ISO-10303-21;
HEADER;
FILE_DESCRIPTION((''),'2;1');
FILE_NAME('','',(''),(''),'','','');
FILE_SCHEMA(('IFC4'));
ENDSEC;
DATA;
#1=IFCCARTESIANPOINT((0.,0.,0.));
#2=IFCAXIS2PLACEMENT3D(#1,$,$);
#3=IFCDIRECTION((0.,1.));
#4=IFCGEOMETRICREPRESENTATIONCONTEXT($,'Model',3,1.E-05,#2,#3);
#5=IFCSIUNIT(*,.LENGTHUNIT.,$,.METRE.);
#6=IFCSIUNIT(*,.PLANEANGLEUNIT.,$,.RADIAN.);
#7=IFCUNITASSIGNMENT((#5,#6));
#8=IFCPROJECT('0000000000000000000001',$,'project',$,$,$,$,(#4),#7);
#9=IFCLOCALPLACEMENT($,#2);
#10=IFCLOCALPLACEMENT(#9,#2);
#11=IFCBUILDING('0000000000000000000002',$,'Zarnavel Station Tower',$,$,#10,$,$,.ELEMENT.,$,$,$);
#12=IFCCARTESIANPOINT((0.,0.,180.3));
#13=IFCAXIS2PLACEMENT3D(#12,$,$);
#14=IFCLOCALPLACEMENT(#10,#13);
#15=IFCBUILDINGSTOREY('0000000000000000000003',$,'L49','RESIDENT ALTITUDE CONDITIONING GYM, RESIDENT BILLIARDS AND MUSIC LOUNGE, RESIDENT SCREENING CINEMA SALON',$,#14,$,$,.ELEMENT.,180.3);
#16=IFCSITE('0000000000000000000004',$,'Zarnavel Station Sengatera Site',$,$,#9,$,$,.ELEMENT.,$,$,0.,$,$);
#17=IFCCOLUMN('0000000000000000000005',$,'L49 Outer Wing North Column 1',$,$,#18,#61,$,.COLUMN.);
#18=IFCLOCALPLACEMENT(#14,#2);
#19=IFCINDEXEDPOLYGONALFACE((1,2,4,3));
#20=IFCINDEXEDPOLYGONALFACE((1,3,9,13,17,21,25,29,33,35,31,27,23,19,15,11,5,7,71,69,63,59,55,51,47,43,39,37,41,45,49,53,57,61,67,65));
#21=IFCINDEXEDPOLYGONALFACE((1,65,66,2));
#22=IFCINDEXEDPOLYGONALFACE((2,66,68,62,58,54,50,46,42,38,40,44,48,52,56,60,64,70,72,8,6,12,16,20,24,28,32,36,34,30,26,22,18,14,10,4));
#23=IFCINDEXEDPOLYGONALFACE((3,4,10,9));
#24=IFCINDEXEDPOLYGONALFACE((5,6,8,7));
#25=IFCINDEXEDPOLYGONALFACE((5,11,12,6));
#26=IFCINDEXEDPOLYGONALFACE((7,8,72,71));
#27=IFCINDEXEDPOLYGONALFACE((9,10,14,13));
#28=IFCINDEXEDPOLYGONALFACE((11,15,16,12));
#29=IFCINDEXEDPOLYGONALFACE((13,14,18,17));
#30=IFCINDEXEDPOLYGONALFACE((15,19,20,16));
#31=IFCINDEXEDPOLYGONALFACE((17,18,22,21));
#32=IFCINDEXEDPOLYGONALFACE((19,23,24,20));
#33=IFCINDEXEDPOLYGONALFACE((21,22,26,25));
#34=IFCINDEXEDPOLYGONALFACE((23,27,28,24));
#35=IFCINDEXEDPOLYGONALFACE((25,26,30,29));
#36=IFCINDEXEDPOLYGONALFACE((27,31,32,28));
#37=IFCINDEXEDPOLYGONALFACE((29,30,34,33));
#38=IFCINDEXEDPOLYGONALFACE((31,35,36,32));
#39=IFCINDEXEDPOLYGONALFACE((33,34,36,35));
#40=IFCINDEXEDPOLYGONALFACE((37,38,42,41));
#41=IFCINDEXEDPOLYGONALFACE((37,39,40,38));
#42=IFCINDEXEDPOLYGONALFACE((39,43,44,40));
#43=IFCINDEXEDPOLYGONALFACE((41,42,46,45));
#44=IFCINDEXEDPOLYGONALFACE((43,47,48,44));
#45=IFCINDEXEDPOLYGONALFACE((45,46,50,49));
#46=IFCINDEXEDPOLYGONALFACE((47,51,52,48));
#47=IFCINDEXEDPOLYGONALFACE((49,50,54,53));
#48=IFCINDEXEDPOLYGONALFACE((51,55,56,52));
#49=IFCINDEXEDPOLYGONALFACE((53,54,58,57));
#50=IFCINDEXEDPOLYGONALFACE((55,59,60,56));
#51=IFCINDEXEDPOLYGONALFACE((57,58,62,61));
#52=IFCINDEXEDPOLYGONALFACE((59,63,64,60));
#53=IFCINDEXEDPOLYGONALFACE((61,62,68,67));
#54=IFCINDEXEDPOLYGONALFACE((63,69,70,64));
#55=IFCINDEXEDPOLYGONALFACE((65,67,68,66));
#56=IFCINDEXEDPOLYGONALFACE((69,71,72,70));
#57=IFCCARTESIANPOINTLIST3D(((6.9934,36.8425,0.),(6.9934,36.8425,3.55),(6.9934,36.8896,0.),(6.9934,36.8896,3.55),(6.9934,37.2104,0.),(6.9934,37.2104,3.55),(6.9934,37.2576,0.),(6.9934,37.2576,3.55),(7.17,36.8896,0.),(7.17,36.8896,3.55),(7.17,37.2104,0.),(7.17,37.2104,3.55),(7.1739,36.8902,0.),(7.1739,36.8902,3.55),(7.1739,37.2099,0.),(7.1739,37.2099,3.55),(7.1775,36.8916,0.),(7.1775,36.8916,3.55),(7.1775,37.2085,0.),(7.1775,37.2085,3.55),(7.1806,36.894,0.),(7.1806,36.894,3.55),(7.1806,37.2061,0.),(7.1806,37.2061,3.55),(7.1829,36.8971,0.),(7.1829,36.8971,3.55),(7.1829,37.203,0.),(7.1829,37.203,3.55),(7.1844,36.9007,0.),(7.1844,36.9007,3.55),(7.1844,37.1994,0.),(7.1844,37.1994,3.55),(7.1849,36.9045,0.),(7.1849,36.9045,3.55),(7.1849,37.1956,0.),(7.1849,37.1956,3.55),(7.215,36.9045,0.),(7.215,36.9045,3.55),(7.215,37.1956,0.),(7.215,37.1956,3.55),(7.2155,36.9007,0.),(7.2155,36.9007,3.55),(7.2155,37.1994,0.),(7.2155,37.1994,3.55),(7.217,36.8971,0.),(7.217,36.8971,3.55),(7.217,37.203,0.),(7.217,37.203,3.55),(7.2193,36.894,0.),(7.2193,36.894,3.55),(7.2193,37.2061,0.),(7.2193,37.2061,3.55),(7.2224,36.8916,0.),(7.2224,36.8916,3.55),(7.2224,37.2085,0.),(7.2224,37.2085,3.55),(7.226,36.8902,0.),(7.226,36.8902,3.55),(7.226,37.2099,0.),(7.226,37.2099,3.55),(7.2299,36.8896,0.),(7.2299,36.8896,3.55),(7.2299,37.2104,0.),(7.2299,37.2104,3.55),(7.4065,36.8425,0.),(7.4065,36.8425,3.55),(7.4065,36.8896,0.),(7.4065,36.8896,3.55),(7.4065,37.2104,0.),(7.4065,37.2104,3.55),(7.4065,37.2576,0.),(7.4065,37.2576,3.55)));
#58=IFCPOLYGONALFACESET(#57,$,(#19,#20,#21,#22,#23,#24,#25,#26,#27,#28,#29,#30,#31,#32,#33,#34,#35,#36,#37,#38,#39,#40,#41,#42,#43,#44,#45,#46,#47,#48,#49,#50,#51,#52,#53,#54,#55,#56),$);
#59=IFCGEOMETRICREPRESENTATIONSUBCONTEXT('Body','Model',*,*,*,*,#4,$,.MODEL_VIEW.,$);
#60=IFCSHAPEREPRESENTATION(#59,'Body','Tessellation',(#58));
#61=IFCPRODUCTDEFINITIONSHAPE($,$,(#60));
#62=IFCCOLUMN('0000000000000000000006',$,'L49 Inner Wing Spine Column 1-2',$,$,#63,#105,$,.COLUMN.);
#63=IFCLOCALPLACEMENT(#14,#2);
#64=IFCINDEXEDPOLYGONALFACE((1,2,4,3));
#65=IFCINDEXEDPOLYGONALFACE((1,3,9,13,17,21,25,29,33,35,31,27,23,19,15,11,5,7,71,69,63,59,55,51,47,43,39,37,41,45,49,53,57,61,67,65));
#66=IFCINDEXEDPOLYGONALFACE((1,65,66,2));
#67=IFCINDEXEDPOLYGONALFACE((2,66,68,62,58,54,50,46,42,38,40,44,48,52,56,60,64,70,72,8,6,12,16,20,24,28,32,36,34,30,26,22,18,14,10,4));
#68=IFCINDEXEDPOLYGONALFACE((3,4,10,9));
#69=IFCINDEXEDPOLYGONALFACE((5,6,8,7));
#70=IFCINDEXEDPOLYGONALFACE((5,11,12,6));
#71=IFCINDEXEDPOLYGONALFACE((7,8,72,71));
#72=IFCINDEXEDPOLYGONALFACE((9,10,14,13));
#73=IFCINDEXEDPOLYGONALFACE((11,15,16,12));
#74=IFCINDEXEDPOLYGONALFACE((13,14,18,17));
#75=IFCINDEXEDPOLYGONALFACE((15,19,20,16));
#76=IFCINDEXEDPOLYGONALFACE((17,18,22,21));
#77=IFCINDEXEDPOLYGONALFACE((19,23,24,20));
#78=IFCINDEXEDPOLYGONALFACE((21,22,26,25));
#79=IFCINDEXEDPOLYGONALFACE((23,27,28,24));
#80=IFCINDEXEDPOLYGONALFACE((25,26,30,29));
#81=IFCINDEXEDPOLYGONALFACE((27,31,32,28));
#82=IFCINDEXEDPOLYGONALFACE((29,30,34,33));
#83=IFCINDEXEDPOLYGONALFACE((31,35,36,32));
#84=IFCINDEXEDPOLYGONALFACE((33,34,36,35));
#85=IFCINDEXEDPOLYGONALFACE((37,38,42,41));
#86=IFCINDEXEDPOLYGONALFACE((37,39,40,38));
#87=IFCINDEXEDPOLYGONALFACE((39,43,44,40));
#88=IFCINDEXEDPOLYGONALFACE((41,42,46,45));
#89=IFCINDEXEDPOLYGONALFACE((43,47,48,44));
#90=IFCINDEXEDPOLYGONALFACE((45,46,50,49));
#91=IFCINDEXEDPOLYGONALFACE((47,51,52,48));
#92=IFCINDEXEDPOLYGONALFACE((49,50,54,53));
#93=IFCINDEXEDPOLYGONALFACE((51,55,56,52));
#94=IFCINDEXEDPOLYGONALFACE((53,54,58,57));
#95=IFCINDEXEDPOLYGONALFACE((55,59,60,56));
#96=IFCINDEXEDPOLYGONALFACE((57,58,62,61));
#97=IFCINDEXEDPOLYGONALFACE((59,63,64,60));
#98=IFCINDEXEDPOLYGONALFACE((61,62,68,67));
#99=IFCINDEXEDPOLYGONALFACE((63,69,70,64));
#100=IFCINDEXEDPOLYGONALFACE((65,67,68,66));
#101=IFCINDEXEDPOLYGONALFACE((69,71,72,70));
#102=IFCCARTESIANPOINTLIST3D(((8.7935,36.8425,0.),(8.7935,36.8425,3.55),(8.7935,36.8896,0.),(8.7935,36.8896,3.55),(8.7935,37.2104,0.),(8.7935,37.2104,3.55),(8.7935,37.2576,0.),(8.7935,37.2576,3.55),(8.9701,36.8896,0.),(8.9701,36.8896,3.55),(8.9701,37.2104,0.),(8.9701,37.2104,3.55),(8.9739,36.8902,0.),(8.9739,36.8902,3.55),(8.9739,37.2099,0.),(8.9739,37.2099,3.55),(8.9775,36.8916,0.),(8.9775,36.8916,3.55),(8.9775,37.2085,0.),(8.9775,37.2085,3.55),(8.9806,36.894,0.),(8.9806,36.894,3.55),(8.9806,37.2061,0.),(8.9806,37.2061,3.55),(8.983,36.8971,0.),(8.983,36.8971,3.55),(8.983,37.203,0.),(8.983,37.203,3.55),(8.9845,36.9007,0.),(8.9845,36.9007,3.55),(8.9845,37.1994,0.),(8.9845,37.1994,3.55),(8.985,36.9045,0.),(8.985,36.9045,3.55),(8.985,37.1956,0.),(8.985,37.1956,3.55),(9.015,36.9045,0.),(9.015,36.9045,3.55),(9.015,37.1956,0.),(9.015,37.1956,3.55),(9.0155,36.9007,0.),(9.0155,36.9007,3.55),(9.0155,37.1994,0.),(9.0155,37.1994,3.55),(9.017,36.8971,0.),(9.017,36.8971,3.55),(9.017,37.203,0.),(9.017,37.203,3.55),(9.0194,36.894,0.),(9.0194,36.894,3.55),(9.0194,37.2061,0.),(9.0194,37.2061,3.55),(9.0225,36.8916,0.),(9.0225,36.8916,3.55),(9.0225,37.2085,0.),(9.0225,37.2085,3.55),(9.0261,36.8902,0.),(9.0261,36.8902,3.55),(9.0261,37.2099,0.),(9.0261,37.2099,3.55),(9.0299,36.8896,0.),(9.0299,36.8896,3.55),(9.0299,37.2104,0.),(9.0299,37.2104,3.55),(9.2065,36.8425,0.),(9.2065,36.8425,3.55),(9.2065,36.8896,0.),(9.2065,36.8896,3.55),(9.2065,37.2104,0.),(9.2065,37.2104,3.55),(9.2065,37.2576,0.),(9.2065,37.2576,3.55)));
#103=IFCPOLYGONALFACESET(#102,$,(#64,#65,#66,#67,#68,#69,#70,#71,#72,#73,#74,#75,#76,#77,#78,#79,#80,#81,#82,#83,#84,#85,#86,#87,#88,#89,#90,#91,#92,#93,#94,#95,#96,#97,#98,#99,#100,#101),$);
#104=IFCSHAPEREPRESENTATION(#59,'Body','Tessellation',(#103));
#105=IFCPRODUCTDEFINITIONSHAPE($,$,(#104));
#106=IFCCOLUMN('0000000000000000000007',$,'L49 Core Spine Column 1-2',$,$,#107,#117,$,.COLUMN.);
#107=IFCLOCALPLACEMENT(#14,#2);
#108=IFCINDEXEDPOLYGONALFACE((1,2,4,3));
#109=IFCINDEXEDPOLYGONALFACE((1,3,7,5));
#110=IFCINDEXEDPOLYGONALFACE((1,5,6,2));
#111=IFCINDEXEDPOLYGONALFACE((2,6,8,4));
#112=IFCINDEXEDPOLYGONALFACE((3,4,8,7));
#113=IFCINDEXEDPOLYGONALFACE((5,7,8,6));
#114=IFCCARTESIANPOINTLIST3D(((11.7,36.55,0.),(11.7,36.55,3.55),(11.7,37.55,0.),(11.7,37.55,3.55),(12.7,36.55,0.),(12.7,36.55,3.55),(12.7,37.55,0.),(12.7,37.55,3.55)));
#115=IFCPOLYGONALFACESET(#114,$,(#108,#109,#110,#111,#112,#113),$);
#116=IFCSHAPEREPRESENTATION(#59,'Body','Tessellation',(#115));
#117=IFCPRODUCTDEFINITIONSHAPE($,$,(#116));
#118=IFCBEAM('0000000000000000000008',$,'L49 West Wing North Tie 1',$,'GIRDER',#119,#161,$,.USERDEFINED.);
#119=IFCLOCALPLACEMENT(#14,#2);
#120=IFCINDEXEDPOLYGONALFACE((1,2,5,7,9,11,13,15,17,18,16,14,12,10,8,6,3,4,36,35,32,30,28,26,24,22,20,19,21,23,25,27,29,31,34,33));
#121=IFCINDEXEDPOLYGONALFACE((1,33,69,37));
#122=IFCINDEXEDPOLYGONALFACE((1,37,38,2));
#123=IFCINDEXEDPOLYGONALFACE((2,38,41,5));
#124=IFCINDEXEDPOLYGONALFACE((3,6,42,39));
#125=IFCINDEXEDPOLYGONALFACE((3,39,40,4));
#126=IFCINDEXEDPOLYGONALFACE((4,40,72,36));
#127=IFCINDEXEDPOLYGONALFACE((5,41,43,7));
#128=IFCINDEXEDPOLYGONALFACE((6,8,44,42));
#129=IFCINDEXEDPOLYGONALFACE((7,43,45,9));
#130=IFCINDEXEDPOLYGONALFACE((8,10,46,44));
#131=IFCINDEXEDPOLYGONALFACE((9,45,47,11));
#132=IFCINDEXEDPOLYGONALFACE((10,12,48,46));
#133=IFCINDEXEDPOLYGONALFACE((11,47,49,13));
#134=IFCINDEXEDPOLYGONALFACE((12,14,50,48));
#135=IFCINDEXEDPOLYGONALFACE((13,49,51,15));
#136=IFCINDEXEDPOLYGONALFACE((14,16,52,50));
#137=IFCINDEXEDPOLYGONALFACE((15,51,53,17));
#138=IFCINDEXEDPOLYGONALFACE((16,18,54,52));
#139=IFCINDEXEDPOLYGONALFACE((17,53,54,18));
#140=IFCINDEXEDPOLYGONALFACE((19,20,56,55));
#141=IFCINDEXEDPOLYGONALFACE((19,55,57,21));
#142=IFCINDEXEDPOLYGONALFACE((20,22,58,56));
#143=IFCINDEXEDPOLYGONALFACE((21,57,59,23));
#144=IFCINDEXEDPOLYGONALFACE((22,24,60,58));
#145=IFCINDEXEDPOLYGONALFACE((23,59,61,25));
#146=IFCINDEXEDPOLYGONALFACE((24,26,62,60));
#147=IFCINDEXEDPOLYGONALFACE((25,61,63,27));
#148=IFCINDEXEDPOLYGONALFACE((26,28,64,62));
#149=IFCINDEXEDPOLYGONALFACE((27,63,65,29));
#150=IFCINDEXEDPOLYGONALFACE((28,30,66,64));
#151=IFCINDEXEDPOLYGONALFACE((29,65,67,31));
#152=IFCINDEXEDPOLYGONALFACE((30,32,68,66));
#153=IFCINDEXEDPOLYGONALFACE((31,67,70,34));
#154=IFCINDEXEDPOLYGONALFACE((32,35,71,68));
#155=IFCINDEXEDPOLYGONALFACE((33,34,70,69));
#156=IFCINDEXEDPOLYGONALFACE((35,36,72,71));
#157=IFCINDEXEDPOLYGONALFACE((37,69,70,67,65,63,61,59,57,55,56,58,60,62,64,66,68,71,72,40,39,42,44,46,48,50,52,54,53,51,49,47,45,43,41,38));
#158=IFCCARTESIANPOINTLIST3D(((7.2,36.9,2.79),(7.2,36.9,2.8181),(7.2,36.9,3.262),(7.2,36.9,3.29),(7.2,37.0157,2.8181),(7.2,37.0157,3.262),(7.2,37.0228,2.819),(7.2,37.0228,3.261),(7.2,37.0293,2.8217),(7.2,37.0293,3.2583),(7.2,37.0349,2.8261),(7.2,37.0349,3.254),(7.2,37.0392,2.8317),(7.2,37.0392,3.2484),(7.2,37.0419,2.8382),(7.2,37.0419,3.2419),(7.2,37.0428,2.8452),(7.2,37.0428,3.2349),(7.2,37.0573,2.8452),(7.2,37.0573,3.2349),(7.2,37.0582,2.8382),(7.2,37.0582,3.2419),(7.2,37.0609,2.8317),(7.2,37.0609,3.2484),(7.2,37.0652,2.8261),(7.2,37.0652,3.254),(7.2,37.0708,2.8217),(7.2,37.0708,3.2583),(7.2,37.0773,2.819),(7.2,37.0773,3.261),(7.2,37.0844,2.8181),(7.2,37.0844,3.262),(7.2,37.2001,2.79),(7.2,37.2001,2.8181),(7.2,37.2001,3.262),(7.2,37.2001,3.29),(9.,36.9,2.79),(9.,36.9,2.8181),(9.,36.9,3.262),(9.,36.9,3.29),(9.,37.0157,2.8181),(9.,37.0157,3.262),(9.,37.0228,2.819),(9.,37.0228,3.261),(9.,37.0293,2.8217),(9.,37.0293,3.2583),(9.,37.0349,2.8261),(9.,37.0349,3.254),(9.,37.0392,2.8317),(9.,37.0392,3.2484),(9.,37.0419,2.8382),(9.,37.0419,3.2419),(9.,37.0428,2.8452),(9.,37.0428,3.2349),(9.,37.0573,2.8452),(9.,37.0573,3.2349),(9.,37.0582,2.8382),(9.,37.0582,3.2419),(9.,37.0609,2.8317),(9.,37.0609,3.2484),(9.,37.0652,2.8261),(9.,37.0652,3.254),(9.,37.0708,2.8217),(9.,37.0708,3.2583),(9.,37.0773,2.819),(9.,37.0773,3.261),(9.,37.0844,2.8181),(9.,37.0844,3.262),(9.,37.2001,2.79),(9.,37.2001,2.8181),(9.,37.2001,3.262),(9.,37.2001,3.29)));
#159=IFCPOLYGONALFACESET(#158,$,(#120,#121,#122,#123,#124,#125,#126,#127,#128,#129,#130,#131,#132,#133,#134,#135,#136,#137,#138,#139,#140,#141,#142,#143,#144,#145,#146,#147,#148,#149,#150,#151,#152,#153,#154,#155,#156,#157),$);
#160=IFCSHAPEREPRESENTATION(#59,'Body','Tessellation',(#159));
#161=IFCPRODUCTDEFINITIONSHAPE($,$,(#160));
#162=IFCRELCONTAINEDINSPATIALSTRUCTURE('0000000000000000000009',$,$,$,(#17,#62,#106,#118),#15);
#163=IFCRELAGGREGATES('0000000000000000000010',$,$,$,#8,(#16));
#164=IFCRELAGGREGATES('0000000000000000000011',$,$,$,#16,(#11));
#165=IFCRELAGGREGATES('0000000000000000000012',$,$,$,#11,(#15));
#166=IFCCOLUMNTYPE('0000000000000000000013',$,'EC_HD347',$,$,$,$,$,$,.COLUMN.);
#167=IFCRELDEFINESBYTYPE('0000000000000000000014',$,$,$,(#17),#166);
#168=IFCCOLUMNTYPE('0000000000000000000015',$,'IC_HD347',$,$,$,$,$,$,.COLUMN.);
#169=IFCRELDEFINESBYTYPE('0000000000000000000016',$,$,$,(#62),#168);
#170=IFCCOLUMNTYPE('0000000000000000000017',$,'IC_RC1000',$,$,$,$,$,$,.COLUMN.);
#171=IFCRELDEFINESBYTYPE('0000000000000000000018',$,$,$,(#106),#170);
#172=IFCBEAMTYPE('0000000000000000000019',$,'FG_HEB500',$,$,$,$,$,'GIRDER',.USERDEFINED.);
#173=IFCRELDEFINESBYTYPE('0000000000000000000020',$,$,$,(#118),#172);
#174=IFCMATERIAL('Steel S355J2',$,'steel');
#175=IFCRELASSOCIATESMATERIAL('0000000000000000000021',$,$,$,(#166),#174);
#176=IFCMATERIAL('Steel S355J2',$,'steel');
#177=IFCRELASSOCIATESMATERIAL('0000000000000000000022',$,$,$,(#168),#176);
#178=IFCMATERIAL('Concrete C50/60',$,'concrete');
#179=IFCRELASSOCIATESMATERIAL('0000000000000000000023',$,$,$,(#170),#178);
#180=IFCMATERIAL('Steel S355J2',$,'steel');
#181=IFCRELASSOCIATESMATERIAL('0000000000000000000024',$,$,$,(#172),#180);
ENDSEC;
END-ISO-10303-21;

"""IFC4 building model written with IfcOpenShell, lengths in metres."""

from ifc_helpers import new_model, si_unit, direction, frame, origin, origin_2d, place, context, subcontext, project, spatial, rectangle, i_section, extrude, material, material_profile, profile_set, type_object, element, save


model = new_model("IFC4")

# Units and contexts
model_context = context("Model", 3, precision=1e-05, world=origin(), true_north=direction((0.0, 1.0)))
body_context = subcontext(model_context, "Body", "Model", "MODEL_VIEW")
ifc_project = project(units=[si_unit("LENGTHUNIT", "METRE"), si_unit("PLANEANGLEUNIT", "RADIAN")], contexts=[model_context])

# Site, building, storey
site_placement = place(None, origin())
site = spatial("IfcSite", under=ifc_project, at=site_placement, Name="Zarnavel Station Sengatera Site", CompositionType="ELEMENT", RefElevation=0.0)
building_placement = place(site_placement, origin())
building = spatial("IfcBuilding", under=site, at=building_placement, Name="Zarnavel Station Tower", CompositionType="ELEMENT")
storey_placement = place(building_placement, frame((0.0, 0.0, 180.3)))
storey = spatial("IfcBuildingStorey", under=building, at=storey_placement, Name="L49", Description="RESIDENT ALTITUDE CONDITIONING GYM, RESIDENT BILLIARDS AND MUSIC LOUNGE, RESIDENT SCREENING CINEMA SALON", CompositionType="ELEMENT", Elevation=180.3)

# Columns
ifc_material_1 = material(Name="Steel S355J2", Category="steel")
ifc_material_profile_1 = material_profile(ifc_material_1, i_section(OverallWidth=0.4131, OverallDepth=0.415, WebThickness=0.03, FlangeThickness=0.0471, FilletRadius=0.0149, at=origin_2d()), Name="HD400x347")
ifc_profile_set_1 = profile_set([ifc_material_profile_1], Name="Steel S355J2")
column_type_1 = type_object("IfcColumnType", Name="EC_HD347", PredefinedType="COLUMN", material=ifc_profile_set_1)
column_1_placement = place(storey_placement, frame((7.2, 37.05, 0.0), z_axis=(0.0, 0.0, 1.0), x_axis=(1.0, 0.0, 0.0)))
element("IfcColumn", 1, at=column_1_placement, inside=storey, type_object=column_type_1, Name="L49 Outer Wing North Column 1", PredefinedType="COLUMN", context=body_context, shape_type="SweptSolid", body=[
    extrude(i_section(OverallWidth=0.4131, OverallDepth=0.415, WebThickness=0.03, FlangeThickness=0.0471, FilletRadius=0.0149, at=origin_2d()), origin(), (0.0, 0.0, 1.0), 3.55),
])
ifc_material_2 = material(Name="Steel S355J2", Category="steel")
ifc_material_profile_2 = material_profile(ifc_material_2, i_section(OverallWidth=0.4131, OverallDepth=0.415, WebThickness=0.03, FlangeThickness=0.0471, FilletRadius=0.0149, at=origin_2d()), Name="HD400x347")
ifc_profile_set_2 = profile_set([ifc_material_profile_2], Name="Steel S355J2")
column_type_2 = type_object("IfcColumnType", Name="IC_HD347", PredefinedType="COLUMN", material=ifc_profile_set_2)
column_2_placement = place(storey_placement, frame((9.0, 37.05, 0.0), z_axis=(0.0, 0.0, 1.0), x_axis=(1.0, 0.0, 0.0)))
element("IfcColumn", 2, at=column_2_placement, inside=storey, type_object=column_type_2, Name="L49 Inner Wing Spine Column 1-2", PredefinedType="COLUMN", context=body_context, shape_type="SweptSolid", body=[
    extrude(i_section(OverallWidth=0.4131, OverallDepth=0.415, WebThickness=0.03, FlangeThickness=0.0471, FilletRadius=0.0149, at=origin_2d()), origin(), (0.0, 0.0, 1.0), 3.55),
])
ifc_material_3 = material(Name="Concrete C50/60", Category="concrete")
ifc_material_profile_3 = material_profile(ifc_material_3, rectangle(XDim=1.0, YDim=1.0, at=origin_2d()), Name="RC1000x1000")
ifc_profile_set_3 = profile_set([ifc_material_profile_3], Name="Concrete C50/60")
column_type_3 = type_object("IfcColumnType", Name="IC_RC1000", PredefinedType="COLUMN", material=ifc_profile_set_3)
column_3_placement = place(storey_placement, frame((12.2, 37.05, 0.0), z_axis=(0.0, 0.0, 1.0), x_axis=(1.0, 0.0, 0.0)))
element("IfcColumn", 3, at=column_3_placement, inside=storey, type_object=column_type_3, Name="L49 Core Spine Column 1-2", PredefinedType="COLUMN", context=body_context, shape_type="SweptSolid", body=[
    extrude(rectangle(XDim=1.0, YDim=1.0, at=origin_2d()), origin(), (0.0, 0.0, 1.0), 3.55),
])

# Beam
ifc_material_4 = material(Name="Steel S355J2", Category="steel")
ifc_material_profile_4 = material_profile(ifc_material_4, i_section(OverallWidth=0.3, OverallDepth=0.5, WebThickness=0.0144, FlangeThickness=0.0281, FilletRadius=0.0271, at=origin_2d()), Name="HEB500")
ifc_profile_set_4 = profile_set([ifc_material_profile_4], Name="Steel S355J2")
beam_type = type_object("IfcBeamType", Name="FG_HEB500", ElementType="GIRDER", PredefinedType="USERDEFINED", material=ifc_profile_set_4)
beam_1_placement = place(storey_placement, frame((7.2, 37.05, 3.04), z_axis=(1.0, 0.0, 0.0), x_axis=(0.0, 1.0, 0.0)))
element("IfcBeam", 4, at=beam_1_placement, inside=storey, type_object=beam_type, Name="L49 West Wing North Tie 1", ObjectType="GIRDER", PredefinedType="USERDEFINED", context=body_context, shape_type="SweptSolid", body=[
    extrude(i_section(OverallWidth=0.3, OverallDepth=0.5, WebThickness=0.0144, FlangeThickness=0.0281, FilletRadius=0.0271, at=origin_2d()), origin(), (0.0, 0.0, 1.0), 1.8),
])

save(model, "model.ifc")
